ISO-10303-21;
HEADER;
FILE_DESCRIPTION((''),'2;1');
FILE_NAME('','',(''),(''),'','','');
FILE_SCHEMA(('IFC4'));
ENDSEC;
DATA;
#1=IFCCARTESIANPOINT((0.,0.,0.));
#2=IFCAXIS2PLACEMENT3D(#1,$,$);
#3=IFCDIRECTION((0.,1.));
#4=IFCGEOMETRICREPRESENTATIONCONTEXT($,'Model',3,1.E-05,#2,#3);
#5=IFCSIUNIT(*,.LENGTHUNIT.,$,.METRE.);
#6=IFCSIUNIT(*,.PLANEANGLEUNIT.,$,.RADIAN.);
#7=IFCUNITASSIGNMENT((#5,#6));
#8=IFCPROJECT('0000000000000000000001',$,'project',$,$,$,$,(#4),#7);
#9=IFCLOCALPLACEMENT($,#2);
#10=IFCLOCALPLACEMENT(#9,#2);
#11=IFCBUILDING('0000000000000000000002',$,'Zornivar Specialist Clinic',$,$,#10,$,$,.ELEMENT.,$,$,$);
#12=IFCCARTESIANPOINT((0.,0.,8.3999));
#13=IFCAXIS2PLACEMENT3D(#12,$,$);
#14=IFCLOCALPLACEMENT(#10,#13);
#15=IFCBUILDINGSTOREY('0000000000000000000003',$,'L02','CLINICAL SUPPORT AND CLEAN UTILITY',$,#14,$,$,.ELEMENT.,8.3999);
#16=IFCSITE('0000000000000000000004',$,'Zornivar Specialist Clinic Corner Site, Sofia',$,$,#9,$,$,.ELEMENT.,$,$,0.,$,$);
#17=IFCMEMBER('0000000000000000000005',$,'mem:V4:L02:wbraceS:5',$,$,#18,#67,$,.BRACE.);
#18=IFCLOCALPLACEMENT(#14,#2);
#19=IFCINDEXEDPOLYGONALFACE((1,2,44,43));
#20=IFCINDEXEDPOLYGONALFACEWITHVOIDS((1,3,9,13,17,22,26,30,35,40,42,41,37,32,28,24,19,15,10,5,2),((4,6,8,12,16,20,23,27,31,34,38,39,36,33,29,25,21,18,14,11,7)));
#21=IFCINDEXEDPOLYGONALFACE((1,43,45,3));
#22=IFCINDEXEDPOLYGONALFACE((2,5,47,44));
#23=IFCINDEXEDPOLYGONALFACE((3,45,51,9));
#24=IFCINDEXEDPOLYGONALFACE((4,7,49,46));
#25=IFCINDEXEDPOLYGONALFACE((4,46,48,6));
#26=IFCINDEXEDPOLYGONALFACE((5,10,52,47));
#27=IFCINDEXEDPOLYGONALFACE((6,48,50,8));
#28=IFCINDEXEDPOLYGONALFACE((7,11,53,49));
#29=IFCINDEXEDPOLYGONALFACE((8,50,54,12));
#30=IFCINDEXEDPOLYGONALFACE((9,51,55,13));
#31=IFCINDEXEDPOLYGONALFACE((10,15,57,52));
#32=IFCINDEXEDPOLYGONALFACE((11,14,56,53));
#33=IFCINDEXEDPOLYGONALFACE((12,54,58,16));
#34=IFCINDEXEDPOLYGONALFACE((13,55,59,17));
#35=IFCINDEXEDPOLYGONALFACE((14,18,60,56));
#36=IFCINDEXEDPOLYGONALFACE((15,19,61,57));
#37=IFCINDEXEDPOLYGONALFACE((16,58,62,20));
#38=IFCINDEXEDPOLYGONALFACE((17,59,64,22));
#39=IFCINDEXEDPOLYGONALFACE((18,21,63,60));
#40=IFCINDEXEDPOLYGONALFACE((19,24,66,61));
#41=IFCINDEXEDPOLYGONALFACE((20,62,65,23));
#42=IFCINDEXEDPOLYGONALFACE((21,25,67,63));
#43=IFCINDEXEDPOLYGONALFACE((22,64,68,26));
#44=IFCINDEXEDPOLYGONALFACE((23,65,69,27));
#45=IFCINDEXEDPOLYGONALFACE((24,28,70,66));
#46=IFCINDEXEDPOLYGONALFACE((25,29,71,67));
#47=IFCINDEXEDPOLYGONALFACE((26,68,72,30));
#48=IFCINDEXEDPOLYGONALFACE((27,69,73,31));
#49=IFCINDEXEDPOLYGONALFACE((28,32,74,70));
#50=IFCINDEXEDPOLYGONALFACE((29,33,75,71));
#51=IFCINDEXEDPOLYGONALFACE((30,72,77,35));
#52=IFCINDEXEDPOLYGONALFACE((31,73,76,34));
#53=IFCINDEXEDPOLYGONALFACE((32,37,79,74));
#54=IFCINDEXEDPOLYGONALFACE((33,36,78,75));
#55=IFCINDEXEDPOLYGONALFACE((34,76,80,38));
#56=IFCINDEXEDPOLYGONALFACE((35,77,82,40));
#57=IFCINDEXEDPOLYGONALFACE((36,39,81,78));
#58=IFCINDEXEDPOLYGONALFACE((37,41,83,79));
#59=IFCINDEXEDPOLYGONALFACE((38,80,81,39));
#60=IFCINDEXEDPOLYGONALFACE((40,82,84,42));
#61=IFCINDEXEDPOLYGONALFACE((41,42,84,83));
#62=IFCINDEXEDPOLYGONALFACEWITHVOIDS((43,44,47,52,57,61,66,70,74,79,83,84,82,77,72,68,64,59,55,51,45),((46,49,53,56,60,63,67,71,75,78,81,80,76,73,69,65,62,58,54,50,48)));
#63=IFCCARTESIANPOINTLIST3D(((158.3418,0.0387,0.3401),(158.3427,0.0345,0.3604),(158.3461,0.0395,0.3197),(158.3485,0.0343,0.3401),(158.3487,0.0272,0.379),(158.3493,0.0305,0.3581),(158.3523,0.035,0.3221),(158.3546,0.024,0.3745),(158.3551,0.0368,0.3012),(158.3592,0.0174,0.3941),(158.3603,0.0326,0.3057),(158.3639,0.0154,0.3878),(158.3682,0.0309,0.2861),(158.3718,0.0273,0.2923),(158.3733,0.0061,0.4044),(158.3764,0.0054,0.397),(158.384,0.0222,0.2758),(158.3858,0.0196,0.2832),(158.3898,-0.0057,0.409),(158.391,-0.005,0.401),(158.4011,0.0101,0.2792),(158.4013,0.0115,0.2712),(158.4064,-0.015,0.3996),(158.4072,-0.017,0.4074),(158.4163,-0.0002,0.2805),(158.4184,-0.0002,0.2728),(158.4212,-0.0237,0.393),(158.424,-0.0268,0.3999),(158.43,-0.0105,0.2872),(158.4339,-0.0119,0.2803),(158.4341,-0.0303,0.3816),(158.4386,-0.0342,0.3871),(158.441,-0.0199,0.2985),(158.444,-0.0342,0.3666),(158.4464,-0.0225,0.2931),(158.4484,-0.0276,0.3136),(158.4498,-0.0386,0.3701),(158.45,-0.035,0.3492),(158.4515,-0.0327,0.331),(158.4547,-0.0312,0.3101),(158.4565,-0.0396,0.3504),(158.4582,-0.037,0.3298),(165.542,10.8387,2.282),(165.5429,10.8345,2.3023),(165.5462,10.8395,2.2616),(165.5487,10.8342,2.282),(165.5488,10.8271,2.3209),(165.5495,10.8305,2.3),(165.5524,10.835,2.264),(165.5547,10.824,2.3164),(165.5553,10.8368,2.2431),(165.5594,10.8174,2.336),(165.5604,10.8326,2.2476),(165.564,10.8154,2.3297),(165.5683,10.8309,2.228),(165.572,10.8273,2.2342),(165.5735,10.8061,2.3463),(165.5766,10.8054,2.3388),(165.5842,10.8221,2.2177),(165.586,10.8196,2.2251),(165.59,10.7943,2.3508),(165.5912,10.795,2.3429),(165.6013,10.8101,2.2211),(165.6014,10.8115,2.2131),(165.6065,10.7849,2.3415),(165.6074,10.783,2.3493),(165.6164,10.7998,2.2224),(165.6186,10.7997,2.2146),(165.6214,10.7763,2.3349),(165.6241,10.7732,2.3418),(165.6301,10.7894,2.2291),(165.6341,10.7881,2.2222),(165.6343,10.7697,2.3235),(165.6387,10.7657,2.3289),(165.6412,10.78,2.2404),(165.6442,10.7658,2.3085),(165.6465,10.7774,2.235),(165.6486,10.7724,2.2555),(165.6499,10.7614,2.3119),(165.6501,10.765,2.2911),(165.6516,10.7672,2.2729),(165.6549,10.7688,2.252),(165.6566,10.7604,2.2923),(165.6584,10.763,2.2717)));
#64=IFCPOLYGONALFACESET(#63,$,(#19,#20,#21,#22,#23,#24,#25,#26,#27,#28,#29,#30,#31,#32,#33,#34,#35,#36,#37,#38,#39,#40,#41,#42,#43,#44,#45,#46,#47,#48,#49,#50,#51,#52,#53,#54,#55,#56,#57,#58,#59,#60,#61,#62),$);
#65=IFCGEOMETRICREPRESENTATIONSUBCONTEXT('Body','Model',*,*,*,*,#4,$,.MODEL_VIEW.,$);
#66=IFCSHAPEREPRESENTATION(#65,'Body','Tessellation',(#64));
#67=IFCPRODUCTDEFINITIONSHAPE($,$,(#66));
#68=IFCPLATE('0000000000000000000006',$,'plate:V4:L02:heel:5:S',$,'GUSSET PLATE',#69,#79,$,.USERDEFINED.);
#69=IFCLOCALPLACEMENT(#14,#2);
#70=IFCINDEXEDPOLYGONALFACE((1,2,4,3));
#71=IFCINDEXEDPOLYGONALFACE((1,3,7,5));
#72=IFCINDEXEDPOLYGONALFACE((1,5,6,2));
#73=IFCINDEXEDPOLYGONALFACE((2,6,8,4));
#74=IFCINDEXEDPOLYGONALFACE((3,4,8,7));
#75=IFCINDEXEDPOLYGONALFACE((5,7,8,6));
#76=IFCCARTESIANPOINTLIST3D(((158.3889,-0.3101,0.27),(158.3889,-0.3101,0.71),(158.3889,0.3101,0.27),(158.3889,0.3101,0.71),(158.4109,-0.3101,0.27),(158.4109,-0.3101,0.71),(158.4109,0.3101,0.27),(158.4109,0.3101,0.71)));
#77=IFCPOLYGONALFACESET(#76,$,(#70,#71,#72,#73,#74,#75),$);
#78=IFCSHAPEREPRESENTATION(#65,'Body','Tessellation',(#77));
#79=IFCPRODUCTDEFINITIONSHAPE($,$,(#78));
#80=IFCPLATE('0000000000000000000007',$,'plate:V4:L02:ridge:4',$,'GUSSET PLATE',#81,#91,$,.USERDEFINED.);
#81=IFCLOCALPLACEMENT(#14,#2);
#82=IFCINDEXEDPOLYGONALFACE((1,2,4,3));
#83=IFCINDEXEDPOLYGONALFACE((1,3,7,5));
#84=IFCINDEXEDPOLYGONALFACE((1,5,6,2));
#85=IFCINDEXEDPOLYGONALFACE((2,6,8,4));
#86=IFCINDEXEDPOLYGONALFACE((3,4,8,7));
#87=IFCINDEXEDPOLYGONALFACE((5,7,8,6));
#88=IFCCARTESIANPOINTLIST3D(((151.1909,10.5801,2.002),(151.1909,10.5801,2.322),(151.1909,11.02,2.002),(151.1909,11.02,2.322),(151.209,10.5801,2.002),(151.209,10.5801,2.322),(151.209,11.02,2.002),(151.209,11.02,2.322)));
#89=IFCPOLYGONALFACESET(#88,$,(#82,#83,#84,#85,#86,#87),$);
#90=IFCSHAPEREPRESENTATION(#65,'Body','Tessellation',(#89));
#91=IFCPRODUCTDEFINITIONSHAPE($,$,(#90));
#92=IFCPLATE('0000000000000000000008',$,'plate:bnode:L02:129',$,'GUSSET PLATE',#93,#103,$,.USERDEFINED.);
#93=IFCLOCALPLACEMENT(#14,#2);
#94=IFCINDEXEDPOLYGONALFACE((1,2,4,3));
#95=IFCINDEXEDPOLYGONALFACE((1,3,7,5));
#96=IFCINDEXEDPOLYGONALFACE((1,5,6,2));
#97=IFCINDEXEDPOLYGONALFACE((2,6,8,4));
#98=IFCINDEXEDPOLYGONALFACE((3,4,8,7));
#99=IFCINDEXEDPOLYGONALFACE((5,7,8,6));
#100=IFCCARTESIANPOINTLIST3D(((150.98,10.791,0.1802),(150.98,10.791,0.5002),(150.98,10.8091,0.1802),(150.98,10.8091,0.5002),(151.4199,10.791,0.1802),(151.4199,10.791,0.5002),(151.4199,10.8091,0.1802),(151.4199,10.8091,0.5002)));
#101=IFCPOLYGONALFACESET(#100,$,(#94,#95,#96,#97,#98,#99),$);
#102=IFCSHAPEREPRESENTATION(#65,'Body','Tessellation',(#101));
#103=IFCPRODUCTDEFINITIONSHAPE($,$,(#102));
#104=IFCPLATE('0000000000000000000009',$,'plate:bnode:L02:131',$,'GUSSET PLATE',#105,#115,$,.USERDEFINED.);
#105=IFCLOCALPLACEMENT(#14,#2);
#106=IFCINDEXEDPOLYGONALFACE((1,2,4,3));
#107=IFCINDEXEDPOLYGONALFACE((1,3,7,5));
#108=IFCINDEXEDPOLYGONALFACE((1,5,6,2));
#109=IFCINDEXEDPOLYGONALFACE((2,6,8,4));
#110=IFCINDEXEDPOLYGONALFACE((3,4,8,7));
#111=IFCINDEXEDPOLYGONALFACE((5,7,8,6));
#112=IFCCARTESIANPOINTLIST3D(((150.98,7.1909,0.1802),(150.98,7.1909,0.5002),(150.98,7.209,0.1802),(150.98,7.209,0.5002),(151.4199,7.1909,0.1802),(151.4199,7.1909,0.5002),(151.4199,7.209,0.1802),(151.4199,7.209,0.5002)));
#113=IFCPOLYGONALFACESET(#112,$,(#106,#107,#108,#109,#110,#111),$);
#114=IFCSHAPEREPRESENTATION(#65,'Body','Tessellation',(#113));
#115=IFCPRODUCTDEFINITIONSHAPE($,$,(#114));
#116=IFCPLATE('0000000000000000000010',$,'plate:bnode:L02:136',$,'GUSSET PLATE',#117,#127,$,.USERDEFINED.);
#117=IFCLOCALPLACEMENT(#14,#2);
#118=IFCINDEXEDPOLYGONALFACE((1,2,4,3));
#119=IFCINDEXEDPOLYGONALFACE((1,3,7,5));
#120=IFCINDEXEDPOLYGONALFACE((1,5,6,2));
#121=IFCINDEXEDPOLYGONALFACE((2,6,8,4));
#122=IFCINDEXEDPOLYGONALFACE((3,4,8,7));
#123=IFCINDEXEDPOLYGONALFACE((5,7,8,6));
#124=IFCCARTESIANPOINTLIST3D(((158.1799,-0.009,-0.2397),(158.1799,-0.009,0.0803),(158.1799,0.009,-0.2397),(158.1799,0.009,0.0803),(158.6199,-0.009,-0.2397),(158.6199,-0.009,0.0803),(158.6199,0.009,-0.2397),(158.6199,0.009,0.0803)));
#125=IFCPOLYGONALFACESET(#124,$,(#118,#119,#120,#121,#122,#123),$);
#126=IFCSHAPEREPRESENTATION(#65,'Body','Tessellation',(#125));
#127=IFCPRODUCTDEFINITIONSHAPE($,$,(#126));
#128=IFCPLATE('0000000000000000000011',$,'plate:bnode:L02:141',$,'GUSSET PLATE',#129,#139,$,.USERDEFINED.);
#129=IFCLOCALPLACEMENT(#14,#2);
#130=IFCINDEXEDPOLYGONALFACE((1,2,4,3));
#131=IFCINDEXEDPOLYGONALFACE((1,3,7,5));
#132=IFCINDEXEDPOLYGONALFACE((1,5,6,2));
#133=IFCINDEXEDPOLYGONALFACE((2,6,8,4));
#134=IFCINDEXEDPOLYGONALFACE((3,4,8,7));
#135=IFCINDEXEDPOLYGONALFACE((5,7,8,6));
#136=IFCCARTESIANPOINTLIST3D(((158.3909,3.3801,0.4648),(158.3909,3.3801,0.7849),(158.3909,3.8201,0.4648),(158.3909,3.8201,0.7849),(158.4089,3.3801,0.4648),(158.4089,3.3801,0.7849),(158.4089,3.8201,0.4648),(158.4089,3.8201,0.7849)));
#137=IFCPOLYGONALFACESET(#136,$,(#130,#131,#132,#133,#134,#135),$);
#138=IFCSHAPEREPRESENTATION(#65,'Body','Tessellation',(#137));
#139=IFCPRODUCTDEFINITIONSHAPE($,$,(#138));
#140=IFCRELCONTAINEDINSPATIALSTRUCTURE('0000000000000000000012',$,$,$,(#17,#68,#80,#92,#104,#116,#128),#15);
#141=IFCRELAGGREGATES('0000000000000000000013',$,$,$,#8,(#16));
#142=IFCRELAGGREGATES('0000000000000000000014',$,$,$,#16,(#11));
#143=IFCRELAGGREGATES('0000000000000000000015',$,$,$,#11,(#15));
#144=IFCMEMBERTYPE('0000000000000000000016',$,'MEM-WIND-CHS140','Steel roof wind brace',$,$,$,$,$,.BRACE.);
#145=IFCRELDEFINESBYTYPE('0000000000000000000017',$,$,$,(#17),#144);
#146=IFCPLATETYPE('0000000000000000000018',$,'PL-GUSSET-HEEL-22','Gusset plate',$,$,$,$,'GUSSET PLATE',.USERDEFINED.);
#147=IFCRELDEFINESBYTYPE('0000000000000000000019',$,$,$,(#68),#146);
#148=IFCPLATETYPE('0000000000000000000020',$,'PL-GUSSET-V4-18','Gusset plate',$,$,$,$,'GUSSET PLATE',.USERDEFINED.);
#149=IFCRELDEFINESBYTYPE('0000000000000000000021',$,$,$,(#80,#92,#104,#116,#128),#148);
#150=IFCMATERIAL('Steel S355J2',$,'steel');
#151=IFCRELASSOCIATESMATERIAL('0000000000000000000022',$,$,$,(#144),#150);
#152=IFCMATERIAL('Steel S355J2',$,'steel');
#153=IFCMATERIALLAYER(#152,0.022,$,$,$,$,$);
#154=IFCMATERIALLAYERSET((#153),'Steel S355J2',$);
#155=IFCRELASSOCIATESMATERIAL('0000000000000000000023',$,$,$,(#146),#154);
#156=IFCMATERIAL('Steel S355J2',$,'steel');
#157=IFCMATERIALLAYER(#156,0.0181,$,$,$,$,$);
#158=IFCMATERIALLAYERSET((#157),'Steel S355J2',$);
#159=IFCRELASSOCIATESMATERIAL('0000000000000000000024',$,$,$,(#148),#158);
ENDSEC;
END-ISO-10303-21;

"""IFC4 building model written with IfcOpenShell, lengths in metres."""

from ifc_helpers import new_model, si_unit, direction, frame, origin, origin_2d, place, context, subcontext, project, spatial, rectangle, hollow_circle, extrude, material, layer, layer_set, material_profile, profile_set, type_object, element, save


model = new_model("IFC4")

# Units and contexts
model_context = context("Model", 3, precision=1e-05, world=origin(), true_north=direction((0.0, 1.0)))
body_context = subcontext(model_context, "Body", "Model", "MODEL_VIEW")
ifc_project = project(units=[si_unit("LENGTHUNIT", "METRE"), si_unit("PLANEANGLEUNIT", "RADIAN")], contexts=[model_context])

# Site, building, storey
site_placement = place(None, origin())
site = spatial("IfcSite", under=ifc_project, at=site_placement, Name="Zornivar Specialist Clinic Corner Site, Sofia", CompositionType="ELEMENT", RefElevation=0.0)
building_placement = place(site_placement, origin())
building = spatial("IfcBuilding", under=site, at=building_placement, Name="Zornivar Specialist Clinic", CompositionType="ELEMENT")
storey_placement = place(building_placement, frame((0.0, 0.0, 8.3999)))
storey = spatial("IfcBuildingStorey", under=building, at=storey_placement, Name="L02", Description="CLINICAL SUPPORT AND CLEAN UTILITY", CompositionType="ELEMENT", Elevation=8.3999)

# Member
ifc_material_1 = material(Name="Steel S355J2", Category="steel")
ifc_material_profile_1 = material_profile(ifc_material_1, hollow_circle(Radius=0.0698, WallThickness=0.0081, at=origin_2d()), Name="CHS 139.7x8")
ifc_profile_set_1 = profile_set([ifc_material_profile_1], Name="Steel S355J2")
member_type_1 = type_object("IfcMemberType", Name="MEM-WIND-CHS140", Description="Steel roof wind brace", PredefinedType="BRACE", material=ifc_profile_set_1)
member_1_placement = place(storey_placement, frame((158.3999, 0.0, 0.3401), z_axis=(0.548604, 0.822887, 0.147959), x_axis=(-0.832045, 0.554709, 0.0)))
element("IfcMember", 1, at=member_1_placement, inside=storey, type_object=member_type_1, Name="mem:V4:L02:wbraceS:5", PredefinedType="BRACE", context=body_context, shape_type="SweptSolid", body=[
    extrude(hollow_circle(Radius=0.0698, WallThickness=0.0081, at=origin_2d()), origin(), (0.0, 0.0, 1.0), 13.1245),
])

# Plates
ifc_material_2 = material(Name="Steel S355J2", Category="steel")
ifc_layer_1 = layer(ifc_material_2, 0.022)
ifc_layer_set_1 = layer_set([ifc_layer_1], Name="Steel S355J2")
plate_type_1 = type_object("IfcPlateType", Name="PL-GUSSET-HEEL-22", Description="Gusset plate", ElementType="GUSSET PLATE", PredefinedType="USERDEFINED", material=ifc_layer_set_1)
plate_1_placement = place(storey_placement, frame((158.3999, 0.0, 0.27), z_axis=(0.0, 0.0, 1.0), x_axis=(1.0, 0.0, 0.0)))
element("IfcPlate", 2, at=plate_1_placement, inside=storey, type_object=plate_type_1, Name="plate:V4:L02:heel:5:S", ObjectType="GUSSET PLATE", PredefinedType="USERDEFINED", context=body_context, shape_type="SweptSolid", body=[
    extrude(rectangle(XDim=0.022, YDim=0.6201, at=origin_2d()), origin(), (0.0, 0.0, 1.0), 0.4399),
])
ifc_material_3 = material(Name="Steel S355J2", Category="steel")
ifc_layer_2 = layer(ifc_material_3, 0.0181)
ifc_layer_set_2 = layer_set([ifc_layer_2], Name="Steel S355J2")
plate_type_2 = type_object("IfcPlateType", Name="PL-GUSSET-V4-18", Description="Gusset plate", ElementType="GUSSET PLATE", PredefinedType="USERDEFINED", material=ifc_layer_set_2)
plate_2_placement = place(storey_placement, frame((151.2, 10.8, 2.002), z_axis=(0.0, 0.0, 1.0), x_axis=(1.0, 0.0, 0.0)))
element("IfcPlate", 3, at=plate_2_placement, inside=storey, type_object=plate_type_2, Name="plate:V4:L02:ridge:4", ObjectType="GUSSET PLATE", PredefinedType="USERDEFINED", context=body_context, shape_type="SweptSolid", body=[
    extrude(rectangle(XDim=0.0181, YDim=0.4399, at=origin_2d()), origin(), (0.0, 0.0, 1.0), 0.3201),
])
for number, where, z_axis, x_axis, name in (
    (4, (151.2, 10.8, 0.1802), (0.0, 0.0, 1.0), (1.0, 0.0, 0.0), "plate:bnode:L02:129"),
    (5, (151.2, 7.2, 0.1802), (0.0, 0.0, 1.0), (1.0, 0.0, 0.0), "plate:bnode:L02:131"),
    (6, (158.3999, 0.0, -0.2397), (0.0, 0.0, 1.0), (1.0, 0.0, 0.0), "plate:bnode:L02:136"),
    (7, (158.3999, 3.6001, 0.4648), (0.0, 0.0, 1.0), (0.0, 1.0, 0.0), "plate:bnode:L02:141"),
):
    element("IfcPlate", number, at=place(storey_placement, frame(where, z_axis=z_axis, x_axis=x_axis)), inside=storey, type_object=plate_type_2, Name=name, ObjectType="GUSSET PLATE", PredefinedType="USERDEFINED", context=body_context, shape_type="SweptSolid", body=[
        extrude(rectangle(XDim=0.4399, YDim=0.0181, at=origin_2d()), origin(), (0.0, 0.0, 1.0), 0.3201),
    ])

save(model, "model.ifc")
